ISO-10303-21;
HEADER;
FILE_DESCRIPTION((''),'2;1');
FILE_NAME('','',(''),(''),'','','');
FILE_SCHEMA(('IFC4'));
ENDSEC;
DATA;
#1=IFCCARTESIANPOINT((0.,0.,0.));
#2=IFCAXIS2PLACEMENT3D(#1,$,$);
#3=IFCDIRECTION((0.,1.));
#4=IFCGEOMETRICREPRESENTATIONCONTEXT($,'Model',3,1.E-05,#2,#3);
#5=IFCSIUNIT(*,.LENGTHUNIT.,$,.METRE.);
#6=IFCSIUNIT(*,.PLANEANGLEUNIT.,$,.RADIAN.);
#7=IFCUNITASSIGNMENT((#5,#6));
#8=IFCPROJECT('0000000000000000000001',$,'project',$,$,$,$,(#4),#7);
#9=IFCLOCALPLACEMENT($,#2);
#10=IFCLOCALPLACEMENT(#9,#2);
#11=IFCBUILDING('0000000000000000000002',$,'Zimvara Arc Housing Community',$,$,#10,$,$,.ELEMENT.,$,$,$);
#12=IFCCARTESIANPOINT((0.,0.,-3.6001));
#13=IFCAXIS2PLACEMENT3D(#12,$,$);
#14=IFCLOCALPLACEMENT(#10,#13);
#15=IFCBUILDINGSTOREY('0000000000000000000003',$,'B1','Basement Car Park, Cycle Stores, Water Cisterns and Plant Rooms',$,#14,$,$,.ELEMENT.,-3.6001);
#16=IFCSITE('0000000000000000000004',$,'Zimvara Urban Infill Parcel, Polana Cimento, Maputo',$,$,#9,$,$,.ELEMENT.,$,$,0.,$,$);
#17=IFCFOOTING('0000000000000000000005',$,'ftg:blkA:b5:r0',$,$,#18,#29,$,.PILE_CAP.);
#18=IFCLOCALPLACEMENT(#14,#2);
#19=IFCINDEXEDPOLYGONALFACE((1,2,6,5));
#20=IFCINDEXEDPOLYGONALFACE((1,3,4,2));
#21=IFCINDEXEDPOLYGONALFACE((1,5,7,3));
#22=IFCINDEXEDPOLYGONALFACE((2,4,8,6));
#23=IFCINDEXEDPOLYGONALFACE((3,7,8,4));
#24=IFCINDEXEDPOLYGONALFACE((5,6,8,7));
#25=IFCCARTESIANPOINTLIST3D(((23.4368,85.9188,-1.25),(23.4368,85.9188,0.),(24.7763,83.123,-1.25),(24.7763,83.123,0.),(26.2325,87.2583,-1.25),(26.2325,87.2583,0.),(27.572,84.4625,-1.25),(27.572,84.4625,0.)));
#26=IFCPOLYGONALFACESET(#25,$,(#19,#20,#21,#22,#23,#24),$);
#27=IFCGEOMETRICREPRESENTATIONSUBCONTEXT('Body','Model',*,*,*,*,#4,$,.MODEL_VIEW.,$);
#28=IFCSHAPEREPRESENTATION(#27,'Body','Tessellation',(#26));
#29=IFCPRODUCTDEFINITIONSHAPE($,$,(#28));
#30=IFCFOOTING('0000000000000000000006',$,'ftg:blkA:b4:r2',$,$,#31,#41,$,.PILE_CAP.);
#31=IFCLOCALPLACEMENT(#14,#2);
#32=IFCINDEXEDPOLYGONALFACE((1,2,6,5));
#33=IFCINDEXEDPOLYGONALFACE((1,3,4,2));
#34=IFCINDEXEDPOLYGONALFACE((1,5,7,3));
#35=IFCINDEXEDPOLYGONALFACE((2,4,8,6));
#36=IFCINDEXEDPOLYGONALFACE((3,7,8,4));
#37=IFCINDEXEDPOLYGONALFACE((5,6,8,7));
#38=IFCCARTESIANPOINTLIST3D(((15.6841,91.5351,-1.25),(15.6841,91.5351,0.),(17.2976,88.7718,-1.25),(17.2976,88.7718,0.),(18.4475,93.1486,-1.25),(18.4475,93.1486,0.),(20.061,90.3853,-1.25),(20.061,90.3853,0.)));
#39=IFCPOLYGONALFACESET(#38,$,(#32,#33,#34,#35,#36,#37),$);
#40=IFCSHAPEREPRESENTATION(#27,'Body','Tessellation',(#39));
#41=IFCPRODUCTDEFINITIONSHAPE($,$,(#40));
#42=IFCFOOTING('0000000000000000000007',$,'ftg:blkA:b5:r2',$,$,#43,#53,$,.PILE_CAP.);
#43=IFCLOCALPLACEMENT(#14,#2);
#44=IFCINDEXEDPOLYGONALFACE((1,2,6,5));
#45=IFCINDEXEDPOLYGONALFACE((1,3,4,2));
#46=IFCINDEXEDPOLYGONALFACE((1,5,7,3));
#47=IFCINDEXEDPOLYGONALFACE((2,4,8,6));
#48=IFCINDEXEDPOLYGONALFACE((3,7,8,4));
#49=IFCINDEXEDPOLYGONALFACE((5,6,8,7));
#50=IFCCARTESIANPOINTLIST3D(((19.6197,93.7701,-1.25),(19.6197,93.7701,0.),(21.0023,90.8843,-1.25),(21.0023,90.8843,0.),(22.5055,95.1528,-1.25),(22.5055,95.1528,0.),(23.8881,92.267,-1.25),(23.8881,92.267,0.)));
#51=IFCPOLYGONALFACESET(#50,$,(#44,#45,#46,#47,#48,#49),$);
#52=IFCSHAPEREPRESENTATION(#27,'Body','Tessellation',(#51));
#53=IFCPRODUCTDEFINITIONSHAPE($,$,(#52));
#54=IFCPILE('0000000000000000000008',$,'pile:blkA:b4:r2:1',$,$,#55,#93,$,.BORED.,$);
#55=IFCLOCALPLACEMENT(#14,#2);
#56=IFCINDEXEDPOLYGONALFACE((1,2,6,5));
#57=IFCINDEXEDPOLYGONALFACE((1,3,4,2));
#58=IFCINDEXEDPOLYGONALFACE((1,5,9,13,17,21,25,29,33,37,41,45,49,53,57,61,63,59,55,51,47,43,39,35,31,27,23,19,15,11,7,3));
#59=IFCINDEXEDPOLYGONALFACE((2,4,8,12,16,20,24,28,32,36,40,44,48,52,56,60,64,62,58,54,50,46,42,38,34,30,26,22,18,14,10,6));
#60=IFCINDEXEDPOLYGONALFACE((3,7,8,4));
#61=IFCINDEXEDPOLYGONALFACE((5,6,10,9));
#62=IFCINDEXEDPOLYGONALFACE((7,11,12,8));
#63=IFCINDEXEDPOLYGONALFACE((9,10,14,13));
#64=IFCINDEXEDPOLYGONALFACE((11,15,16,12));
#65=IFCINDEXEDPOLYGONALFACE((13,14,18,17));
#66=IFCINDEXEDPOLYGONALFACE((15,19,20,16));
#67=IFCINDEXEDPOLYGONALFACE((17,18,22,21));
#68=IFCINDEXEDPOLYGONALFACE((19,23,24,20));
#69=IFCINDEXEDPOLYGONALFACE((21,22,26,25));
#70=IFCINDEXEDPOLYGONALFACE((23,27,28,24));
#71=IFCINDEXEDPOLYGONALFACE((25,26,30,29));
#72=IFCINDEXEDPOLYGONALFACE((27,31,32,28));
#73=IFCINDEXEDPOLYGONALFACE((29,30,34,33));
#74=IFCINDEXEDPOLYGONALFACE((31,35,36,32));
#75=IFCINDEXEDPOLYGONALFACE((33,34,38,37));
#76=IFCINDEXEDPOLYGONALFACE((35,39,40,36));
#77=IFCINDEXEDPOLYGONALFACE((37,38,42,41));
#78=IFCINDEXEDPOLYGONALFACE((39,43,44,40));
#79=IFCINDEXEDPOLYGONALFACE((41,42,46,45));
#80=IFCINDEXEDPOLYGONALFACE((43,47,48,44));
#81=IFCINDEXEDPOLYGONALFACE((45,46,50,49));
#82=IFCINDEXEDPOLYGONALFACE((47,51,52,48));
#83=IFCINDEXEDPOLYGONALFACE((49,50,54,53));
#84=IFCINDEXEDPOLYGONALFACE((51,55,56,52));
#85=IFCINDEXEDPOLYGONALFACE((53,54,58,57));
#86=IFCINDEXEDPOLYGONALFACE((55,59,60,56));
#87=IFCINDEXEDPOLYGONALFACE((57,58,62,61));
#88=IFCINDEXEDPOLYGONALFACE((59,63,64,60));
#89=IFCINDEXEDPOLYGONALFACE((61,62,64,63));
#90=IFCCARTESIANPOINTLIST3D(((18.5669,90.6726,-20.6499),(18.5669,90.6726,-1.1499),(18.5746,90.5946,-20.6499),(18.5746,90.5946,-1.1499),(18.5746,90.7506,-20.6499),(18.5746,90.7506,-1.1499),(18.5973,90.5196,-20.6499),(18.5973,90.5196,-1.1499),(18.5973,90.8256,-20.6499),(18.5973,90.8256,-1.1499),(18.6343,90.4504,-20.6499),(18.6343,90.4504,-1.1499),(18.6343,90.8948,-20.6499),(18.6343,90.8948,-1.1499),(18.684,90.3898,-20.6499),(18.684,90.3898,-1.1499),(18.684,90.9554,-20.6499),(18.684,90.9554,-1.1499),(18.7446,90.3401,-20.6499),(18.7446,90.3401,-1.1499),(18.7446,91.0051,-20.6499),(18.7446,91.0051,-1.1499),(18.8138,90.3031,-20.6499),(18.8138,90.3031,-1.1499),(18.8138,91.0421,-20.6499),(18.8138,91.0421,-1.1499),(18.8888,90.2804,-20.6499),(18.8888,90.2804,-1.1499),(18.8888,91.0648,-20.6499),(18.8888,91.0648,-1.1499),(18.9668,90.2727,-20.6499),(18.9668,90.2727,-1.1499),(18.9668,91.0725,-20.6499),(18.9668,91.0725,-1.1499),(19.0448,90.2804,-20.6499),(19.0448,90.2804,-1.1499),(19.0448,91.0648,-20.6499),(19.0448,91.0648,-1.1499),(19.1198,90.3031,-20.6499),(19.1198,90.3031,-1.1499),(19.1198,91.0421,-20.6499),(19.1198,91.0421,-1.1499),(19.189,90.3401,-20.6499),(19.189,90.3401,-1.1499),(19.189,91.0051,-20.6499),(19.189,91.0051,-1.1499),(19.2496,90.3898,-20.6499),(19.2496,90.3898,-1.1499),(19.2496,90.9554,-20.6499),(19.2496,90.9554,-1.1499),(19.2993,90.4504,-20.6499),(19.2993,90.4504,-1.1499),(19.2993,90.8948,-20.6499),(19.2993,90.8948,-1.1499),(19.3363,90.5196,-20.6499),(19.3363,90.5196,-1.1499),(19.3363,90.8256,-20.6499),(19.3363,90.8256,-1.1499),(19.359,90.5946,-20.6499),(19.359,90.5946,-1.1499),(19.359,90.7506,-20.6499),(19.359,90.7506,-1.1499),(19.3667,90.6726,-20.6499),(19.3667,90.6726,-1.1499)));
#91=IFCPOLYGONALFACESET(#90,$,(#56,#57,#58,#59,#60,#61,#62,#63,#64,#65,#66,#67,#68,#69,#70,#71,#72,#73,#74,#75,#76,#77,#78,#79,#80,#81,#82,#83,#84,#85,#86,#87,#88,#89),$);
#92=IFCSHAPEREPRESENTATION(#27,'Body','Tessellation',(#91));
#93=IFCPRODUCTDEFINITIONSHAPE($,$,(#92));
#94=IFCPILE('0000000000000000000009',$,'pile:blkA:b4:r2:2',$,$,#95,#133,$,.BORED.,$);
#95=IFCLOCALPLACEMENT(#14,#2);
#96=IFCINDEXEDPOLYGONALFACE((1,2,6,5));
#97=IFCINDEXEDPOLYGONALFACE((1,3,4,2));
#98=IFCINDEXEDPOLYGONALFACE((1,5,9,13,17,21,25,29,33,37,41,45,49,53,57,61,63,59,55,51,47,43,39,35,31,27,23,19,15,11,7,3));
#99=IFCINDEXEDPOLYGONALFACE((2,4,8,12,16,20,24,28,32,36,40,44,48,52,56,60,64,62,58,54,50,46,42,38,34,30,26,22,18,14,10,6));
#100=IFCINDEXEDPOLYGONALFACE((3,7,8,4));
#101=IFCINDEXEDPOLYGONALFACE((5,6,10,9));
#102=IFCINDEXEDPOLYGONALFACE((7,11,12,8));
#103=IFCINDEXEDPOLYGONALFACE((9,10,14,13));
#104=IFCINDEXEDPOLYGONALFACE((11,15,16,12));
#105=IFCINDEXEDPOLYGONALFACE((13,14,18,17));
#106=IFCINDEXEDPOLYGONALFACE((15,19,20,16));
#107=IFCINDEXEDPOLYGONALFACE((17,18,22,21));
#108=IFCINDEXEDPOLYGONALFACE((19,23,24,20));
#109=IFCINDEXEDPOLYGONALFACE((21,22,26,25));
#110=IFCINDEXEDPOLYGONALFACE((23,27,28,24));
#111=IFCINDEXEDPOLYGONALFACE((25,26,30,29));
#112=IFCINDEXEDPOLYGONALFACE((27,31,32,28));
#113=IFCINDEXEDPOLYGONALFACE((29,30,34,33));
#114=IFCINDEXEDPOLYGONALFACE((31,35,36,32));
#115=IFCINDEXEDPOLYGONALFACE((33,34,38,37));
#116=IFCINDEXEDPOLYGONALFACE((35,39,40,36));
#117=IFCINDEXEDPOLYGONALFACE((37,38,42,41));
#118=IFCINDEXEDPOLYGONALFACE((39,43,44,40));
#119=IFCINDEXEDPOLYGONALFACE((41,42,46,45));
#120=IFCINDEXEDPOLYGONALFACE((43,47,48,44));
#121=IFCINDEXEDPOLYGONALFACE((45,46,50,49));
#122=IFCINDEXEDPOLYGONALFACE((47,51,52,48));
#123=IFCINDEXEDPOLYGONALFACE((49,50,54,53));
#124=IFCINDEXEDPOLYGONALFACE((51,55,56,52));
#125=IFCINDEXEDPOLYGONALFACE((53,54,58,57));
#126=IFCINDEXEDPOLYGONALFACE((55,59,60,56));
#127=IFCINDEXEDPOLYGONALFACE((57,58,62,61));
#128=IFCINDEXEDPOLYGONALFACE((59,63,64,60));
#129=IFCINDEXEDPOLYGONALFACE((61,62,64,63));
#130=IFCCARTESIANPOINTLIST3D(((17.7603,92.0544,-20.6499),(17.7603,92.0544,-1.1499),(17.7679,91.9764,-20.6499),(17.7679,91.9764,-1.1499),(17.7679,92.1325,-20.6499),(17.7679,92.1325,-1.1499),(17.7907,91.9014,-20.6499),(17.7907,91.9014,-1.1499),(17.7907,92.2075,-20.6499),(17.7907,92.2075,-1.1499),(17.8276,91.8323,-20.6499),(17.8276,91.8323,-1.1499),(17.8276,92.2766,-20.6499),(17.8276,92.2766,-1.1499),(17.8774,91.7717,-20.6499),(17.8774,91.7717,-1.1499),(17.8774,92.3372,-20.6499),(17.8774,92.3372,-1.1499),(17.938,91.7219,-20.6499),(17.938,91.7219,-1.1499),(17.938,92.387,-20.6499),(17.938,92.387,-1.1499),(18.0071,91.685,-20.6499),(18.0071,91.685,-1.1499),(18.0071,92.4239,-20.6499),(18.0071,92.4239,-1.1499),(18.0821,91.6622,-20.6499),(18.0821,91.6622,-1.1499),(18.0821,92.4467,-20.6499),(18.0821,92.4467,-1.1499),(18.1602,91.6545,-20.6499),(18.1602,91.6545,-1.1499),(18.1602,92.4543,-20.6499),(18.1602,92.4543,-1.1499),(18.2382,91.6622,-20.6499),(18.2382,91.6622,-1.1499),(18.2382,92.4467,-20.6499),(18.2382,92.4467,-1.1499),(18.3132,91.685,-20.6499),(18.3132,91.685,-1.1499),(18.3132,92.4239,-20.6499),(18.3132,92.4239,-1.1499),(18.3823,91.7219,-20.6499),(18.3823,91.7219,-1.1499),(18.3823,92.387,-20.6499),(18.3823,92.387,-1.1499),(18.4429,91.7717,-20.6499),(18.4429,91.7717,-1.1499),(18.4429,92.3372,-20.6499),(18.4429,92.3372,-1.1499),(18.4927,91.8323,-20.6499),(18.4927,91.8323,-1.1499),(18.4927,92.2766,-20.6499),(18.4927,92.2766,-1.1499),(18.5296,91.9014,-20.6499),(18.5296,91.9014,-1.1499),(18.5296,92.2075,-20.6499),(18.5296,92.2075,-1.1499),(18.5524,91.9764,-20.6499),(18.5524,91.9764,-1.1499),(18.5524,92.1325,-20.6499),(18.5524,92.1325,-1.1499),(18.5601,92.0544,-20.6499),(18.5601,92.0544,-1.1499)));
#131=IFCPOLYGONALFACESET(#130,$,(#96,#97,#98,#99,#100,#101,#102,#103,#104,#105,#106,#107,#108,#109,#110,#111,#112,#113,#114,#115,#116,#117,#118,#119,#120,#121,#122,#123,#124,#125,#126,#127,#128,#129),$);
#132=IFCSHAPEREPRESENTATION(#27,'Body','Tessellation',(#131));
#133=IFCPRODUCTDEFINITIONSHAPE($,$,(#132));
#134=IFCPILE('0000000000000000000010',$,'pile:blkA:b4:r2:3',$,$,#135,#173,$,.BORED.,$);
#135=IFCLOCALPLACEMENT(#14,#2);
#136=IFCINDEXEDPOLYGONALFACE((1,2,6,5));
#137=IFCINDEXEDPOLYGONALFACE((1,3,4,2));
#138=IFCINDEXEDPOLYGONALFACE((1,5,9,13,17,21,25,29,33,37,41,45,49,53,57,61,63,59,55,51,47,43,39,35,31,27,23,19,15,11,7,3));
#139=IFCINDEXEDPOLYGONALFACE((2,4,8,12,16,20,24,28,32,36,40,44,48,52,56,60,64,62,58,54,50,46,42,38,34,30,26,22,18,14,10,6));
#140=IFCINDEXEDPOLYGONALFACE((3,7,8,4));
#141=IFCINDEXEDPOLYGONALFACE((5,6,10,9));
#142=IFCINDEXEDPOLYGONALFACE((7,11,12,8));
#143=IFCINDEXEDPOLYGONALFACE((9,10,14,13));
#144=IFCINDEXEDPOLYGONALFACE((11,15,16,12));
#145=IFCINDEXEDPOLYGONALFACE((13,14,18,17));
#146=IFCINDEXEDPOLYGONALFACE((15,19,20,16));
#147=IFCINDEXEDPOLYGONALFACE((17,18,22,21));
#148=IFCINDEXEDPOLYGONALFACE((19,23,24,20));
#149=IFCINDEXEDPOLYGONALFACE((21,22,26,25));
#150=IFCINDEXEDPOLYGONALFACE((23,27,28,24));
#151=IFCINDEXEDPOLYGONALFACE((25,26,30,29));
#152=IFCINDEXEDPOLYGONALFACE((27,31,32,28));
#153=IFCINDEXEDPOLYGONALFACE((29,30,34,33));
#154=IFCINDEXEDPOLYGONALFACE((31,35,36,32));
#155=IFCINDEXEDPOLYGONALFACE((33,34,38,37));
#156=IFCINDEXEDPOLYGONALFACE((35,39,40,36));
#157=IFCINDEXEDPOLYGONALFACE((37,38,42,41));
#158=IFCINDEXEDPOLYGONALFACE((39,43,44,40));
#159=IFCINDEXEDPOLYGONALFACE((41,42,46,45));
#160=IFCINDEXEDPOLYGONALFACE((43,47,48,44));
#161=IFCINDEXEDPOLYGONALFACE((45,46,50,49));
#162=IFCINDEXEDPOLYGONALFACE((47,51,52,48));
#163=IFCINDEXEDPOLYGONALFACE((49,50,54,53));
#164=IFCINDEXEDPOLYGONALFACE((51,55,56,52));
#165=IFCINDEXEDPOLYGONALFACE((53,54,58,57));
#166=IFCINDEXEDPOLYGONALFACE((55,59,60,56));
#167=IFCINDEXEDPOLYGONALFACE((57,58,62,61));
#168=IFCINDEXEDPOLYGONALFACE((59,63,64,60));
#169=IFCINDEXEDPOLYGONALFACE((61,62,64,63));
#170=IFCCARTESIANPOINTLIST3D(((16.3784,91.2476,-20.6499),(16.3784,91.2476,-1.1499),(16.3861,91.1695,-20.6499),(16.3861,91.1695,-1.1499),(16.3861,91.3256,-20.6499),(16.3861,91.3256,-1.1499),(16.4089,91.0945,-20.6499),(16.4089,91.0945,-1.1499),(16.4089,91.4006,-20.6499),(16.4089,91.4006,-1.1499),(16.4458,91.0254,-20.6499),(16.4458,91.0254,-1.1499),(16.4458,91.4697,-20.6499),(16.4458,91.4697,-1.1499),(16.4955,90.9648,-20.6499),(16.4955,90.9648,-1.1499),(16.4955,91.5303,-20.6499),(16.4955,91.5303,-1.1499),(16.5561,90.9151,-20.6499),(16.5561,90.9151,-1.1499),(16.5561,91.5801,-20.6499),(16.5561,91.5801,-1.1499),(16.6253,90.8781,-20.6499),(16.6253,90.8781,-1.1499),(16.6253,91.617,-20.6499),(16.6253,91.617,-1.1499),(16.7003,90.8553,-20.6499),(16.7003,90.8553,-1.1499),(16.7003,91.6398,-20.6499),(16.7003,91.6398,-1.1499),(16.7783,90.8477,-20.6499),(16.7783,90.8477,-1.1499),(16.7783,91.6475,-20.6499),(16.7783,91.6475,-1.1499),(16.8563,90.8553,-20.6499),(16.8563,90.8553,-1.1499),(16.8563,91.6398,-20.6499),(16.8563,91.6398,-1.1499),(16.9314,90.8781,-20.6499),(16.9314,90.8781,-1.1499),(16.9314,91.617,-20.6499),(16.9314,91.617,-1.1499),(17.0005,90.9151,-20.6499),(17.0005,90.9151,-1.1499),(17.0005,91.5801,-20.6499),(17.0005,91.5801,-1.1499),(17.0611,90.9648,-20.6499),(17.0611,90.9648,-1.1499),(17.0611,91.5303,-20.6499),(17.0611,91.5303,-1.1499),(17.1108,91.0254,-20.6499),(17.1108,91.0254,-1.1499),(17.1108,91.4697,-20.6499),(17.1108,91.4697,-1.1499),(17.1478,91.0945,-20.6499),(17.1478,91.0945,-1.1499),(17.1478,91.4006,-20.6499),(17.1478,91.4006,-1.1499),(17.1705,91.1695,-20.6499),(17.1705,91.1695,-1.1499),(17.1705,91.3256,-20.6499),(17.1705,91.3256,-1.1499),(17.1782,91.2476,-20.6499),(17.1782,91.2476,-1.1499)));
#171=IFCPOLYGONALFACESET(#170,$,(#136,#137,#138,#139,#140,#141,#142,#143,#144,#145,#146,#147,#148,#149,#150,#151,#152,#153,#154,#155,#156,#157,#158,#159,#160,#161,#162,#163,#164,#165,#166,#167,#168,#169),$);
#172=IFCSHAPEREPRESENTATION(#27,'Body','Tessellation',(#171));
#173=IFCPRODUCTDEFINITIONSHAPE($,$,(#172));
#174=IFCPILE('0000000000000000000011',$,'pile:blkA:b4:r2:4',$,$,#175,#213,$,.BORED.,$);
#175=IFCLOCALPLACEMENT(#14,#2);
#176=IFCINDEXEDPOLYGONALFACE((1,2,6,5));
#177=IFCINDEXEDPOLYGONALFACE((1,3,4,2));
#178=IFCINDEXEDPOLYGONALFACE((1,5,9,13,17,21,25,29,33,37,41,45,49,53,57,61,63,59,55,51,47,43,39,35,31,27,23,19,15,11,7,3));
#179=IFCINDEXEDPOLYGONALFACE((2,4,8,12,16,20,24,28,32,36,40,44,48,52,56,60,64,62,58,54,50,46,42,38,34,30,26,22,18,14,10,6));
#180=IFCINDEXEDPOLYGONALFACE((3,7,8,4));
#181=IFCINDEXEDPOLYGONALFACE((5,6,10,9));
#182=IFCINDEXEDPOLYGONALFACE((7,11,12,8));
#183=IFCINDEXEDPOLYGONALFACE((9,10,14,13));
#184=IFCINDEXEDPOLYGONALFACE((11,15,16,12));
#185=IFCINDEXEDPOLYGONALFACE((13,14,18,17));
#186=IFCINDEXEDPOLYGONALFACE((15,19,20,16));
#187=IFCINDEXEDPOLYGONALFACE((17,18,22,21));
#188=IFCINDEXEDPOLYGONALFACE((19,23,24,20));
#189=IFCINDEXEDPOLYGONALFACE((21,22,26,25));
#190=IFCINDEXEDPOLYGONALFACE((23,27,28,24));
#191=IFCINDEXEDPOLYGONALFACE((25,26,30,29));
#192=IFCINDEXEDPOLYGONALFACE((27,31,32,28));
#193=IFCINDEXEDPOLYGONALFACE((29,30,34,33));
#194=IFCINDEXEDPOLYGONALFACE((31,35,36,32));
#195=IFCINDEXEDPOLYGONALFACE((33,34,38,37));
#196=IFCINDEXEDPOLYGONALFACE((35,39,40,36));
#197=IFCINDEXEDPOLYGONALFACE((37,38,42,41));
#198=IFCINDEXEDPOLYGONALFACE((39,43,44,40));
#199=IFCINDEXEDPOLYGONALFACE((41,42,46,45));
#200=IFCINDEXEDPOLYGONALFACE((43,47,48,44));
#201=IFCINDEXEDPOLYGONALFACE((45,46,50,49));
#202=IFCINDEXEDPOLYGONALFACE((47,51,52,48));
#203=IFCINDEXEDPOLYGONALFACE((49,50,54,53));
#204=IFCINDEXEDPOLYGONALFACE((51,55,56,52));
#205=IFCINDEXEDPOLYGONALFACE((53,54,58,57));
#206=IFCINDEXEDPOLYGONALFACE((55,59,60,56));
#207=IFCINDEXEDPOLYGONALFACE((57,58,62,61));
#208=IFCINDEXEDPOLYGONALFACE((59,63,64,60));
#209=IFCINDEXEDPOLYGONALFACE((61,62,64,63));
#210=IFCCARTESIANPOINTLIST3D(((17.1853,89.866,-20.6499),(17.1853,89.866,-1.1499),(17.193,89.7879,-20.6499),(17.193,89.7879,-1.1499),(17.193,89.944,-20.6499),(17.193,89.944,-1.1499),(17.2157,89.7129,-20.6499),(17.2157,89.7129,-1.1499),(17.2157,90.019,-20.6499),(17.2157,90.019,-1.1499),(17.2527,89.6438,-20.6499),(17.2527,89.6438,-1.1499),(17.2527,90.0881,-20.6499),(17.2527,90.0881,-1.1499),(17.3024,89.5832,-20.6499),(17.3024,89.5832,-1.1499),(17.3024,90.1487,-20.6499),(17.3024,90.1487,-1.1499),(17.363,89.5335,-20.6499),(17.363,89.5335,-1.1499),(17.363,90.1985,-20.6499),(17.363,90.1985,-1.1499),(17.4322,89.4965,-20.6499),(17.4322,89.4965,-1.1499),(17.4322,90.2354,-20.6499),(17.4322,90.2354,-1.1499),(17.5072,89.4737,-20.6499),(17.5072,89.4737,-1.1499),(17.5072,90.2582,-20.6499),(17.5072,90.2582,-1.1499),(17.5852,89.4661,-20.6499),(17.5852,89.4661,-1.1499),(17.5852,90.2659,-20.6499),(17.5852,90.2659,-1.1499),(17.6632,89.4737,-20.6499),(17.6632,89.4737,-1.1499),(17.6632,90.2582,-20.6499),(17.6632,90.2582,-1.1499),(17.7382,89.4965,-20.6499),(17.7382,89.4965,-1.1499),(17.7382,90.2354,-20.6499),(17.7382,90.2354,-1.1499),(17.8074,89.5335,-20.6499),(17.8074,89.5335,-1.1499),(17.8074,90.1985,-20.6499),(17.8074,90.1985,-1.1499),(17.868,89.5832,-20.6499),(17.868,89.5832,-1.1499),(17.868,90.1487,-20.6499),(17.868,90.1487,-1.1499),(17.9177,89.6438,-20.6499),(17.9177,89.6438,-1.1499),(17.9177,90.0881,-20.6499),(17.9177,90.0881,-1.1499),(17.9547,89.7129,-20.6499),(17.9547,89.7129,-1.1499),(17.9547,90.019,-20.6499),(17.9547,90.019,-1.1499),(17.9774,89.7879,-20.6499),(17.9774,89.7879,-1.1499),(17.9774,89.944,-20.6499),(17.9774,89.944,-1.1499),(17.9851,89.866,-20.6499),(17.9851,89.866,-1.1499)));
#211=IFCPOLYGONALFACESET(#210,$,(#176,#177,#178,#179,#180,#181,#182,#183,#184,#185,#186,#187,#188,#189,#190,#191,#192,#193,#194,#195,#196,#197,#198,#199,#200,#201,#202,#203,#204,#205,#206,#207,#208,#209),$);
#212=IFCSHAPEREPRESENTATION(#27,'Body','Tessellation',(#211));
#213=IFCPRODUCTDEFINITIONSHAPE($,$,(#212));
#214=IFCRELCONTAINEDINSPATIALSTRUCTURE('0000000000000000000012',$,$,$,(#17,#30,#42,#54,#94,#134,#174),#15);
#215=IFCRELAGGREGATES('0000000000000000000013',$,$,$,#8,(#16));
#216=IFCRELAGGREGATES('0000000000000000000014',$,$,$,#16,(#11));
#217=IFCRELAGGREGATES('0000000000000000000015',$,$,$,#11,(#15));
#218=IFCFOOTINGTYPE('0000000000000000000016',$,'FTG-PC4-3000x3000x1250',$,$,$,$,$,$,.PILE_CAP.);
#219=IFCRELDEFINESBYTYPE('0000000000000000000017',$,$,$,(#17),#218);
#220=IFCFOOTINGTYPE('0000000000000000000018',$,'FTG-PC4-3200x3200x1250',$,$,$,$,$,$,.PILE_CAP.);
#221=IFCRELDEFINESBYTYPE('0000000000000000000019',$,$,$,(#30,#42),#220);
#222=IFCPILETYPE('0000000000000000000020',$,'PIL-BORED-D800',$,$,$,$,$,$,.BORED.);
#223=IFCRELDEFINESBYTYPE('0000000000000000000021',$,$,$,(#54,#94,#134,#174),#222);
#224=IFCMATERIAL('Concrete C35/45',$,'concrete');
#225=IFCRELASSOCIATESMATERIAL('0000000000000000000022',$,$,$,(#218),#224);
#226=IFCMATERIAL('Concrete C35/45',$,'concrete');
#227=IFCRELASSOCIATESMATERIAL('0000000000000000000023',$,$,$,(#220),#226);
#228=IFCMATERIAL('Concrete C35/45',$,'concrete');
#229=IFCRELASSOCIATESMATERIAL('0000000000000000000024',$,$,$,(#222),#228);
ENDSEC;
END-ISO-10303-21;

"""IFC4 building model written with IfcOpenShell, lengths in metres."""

from ifc_helpers import new_model, si_unit, direction, frame, origin, origin_2d, place, context, subcontext, project, spatial, rectangle, circle, extrude, material, material_profile, profile_set, type_object, element, save


model = new_model("IFC4")

# Units and contexts
model_context = context("Model", 3, precision=1e-05, world=origin(), true_north=direction((0.0, 1.0)))
body_context = subcontext(model_context, "Body", "Model", "MODEL_VIEW")
ifc_project = project(units=[si_unit("LENGTHUNIT", "METRE"), si_unit("PLANEANGLEUNIT", "RADIAN")], contexts=[model_context])

# Site, building, storey
site_placement = place(None, origin())
site = spatial("IfcSite", under=ifc_project, at=site_placement, Name="Zimvara Urban Infill Parcel, Polana Cimento, Maputo", CompositionType="ELEMENT", RefElevation=0.0)
building_placement = place(site_placement, origin())
building = spatial("IfcBuilding", under=site, at=building_placement, Name="Zimvara Arc Housing Community", CompositionType="ELEMENT")
storey_placement = place(building_placement, frame((0.0, 0.0, -3.6001)))
storey = spatial("IfcBuildingStorey", under=building, at=storey_placement, Name="B1", Description="Basement Car Park, Cycle Stores, Water Cisterns and Plant Rooms", CompositionType="ELEMENT", Elevation=-3.6001)

# Footings
ifc_material_1 = material(Name="Concrete C35/45", Category="concrete")
footing_type_1 = type_object("IfcFootingType", Name="FTG-PC4-3000x3000x1250", PredefinedType="PILE_CAP", material=ifc_material_1)
footing_placement = place(storey_placement, frame((25.5044, 85.1907, -1.25), z_axis=(0.0, 0.0, 1.0), x_axis=(-0.432086, 0.901833, 0.0)))
element("IfcFooting", 1, at=footing_placement, inside=storey, type_object=footing_type_1, Name="ftg:blkA:b5:r0", PredefinedType="PILE_CAP", context=body_context, shape_type="SweptSolid", body=[
    extrude(rectangle(XDim=3.1001, YDim=3.1001, at=origin_2d()), origin(), (0.0, 0.0, 1.0), 1.25),
])
ifc_material_2 = material(Name="Concrete C35/45", Category="concrete")
footing_type_2 = type_object("IfcFootingType", Name="FTG-PC4-3200x3200x1250", PredefinedType="PILE_CAP", material=ifc_material_2)
for number, where, z_axis, x_axis, name in (
    (2, (17.8726, 90.9602, -1.25), (0.0, 0.0, 1.0), (-0.504226, 0.863572, 0.0), "ftg:blkA:b4:r2"),
    (3, (21.7539, 93.0186, -1.25), (0.0, 0.0, 1.0), (-0.432086, 0.901833, 0.0), "ftg:blkA:b5:r2"),
):
    element("IfcFooting", number, at=place(storey_placement, frame(where, z_axis=z_axis, x_axis=x_axis)), inside=storey, type_object=footing_type_2, Name=name, PredefinedType="PILE_CAP", context=body_context, shape_type="SweptSolid", body=[
        extrude(rectangle(XDim=3.2, YDim=3.2, at=origin_2d()), origin(), (0.0, 0.0, 1.0), 1.25),
    ])

# Piles
ifc_material_3 = material(Name="Concrete C35/45", Category="concrete")
ifc_material_profile_1 = material_profile(ifc_material_3, circle(Radius=0.3999, at=origin_2d()), Name="PILE D800")
ifc_profile_set_1 = profile_set([ifc_material_profile_1], Name="Concrete C35/45")
pile_type = type_object("IfcPileType", Name="PIL-BORED-D800", PredefinedType="BORED", material=ifc_profile_set_1)
for number, where, z_axis, x_axis, name in (
    (4, (18.9668, 90.6726, -1.1499), (0.0, 0.0, -1.0), (1.0, 0.0, 0.0), "pile:blkA:b4:r2:1"),
    (5, (18.1602, 92.0544, -1.1499), (0.0, 0.0, -1.0), (1.0, 0.0, 0.0), "pile:blkA:b4:r2:2"),
    (6, (16.7783, 91.2476, -1.1499), (0.0, 0.0, -1.0), (1.0, 0.0, 0.0), "pile:blkA:b4:r2:3"),
    (7, (17.5852, 89.866, -1.1499), (0.0, 0.0, -1.0), (1.0, 0.0, 0.0), "pile:blkA:b4:r2:4"),
):
    element("IfcPile", number, at=place(storey_placement, frame(where, z_axis=z_axis, x_axis=x_axis)), inside=storey, type_object=pile_type, Name=name, PredefinedType="BORED", context=body_context, shape_type="SweptSolid", body=[
        extrude(circle(Radius=0.3999, at=origin_2d()), origin(), (0.0, 0.0, 1.0), 19.5),
    ])

save(model, "model.ifc")
